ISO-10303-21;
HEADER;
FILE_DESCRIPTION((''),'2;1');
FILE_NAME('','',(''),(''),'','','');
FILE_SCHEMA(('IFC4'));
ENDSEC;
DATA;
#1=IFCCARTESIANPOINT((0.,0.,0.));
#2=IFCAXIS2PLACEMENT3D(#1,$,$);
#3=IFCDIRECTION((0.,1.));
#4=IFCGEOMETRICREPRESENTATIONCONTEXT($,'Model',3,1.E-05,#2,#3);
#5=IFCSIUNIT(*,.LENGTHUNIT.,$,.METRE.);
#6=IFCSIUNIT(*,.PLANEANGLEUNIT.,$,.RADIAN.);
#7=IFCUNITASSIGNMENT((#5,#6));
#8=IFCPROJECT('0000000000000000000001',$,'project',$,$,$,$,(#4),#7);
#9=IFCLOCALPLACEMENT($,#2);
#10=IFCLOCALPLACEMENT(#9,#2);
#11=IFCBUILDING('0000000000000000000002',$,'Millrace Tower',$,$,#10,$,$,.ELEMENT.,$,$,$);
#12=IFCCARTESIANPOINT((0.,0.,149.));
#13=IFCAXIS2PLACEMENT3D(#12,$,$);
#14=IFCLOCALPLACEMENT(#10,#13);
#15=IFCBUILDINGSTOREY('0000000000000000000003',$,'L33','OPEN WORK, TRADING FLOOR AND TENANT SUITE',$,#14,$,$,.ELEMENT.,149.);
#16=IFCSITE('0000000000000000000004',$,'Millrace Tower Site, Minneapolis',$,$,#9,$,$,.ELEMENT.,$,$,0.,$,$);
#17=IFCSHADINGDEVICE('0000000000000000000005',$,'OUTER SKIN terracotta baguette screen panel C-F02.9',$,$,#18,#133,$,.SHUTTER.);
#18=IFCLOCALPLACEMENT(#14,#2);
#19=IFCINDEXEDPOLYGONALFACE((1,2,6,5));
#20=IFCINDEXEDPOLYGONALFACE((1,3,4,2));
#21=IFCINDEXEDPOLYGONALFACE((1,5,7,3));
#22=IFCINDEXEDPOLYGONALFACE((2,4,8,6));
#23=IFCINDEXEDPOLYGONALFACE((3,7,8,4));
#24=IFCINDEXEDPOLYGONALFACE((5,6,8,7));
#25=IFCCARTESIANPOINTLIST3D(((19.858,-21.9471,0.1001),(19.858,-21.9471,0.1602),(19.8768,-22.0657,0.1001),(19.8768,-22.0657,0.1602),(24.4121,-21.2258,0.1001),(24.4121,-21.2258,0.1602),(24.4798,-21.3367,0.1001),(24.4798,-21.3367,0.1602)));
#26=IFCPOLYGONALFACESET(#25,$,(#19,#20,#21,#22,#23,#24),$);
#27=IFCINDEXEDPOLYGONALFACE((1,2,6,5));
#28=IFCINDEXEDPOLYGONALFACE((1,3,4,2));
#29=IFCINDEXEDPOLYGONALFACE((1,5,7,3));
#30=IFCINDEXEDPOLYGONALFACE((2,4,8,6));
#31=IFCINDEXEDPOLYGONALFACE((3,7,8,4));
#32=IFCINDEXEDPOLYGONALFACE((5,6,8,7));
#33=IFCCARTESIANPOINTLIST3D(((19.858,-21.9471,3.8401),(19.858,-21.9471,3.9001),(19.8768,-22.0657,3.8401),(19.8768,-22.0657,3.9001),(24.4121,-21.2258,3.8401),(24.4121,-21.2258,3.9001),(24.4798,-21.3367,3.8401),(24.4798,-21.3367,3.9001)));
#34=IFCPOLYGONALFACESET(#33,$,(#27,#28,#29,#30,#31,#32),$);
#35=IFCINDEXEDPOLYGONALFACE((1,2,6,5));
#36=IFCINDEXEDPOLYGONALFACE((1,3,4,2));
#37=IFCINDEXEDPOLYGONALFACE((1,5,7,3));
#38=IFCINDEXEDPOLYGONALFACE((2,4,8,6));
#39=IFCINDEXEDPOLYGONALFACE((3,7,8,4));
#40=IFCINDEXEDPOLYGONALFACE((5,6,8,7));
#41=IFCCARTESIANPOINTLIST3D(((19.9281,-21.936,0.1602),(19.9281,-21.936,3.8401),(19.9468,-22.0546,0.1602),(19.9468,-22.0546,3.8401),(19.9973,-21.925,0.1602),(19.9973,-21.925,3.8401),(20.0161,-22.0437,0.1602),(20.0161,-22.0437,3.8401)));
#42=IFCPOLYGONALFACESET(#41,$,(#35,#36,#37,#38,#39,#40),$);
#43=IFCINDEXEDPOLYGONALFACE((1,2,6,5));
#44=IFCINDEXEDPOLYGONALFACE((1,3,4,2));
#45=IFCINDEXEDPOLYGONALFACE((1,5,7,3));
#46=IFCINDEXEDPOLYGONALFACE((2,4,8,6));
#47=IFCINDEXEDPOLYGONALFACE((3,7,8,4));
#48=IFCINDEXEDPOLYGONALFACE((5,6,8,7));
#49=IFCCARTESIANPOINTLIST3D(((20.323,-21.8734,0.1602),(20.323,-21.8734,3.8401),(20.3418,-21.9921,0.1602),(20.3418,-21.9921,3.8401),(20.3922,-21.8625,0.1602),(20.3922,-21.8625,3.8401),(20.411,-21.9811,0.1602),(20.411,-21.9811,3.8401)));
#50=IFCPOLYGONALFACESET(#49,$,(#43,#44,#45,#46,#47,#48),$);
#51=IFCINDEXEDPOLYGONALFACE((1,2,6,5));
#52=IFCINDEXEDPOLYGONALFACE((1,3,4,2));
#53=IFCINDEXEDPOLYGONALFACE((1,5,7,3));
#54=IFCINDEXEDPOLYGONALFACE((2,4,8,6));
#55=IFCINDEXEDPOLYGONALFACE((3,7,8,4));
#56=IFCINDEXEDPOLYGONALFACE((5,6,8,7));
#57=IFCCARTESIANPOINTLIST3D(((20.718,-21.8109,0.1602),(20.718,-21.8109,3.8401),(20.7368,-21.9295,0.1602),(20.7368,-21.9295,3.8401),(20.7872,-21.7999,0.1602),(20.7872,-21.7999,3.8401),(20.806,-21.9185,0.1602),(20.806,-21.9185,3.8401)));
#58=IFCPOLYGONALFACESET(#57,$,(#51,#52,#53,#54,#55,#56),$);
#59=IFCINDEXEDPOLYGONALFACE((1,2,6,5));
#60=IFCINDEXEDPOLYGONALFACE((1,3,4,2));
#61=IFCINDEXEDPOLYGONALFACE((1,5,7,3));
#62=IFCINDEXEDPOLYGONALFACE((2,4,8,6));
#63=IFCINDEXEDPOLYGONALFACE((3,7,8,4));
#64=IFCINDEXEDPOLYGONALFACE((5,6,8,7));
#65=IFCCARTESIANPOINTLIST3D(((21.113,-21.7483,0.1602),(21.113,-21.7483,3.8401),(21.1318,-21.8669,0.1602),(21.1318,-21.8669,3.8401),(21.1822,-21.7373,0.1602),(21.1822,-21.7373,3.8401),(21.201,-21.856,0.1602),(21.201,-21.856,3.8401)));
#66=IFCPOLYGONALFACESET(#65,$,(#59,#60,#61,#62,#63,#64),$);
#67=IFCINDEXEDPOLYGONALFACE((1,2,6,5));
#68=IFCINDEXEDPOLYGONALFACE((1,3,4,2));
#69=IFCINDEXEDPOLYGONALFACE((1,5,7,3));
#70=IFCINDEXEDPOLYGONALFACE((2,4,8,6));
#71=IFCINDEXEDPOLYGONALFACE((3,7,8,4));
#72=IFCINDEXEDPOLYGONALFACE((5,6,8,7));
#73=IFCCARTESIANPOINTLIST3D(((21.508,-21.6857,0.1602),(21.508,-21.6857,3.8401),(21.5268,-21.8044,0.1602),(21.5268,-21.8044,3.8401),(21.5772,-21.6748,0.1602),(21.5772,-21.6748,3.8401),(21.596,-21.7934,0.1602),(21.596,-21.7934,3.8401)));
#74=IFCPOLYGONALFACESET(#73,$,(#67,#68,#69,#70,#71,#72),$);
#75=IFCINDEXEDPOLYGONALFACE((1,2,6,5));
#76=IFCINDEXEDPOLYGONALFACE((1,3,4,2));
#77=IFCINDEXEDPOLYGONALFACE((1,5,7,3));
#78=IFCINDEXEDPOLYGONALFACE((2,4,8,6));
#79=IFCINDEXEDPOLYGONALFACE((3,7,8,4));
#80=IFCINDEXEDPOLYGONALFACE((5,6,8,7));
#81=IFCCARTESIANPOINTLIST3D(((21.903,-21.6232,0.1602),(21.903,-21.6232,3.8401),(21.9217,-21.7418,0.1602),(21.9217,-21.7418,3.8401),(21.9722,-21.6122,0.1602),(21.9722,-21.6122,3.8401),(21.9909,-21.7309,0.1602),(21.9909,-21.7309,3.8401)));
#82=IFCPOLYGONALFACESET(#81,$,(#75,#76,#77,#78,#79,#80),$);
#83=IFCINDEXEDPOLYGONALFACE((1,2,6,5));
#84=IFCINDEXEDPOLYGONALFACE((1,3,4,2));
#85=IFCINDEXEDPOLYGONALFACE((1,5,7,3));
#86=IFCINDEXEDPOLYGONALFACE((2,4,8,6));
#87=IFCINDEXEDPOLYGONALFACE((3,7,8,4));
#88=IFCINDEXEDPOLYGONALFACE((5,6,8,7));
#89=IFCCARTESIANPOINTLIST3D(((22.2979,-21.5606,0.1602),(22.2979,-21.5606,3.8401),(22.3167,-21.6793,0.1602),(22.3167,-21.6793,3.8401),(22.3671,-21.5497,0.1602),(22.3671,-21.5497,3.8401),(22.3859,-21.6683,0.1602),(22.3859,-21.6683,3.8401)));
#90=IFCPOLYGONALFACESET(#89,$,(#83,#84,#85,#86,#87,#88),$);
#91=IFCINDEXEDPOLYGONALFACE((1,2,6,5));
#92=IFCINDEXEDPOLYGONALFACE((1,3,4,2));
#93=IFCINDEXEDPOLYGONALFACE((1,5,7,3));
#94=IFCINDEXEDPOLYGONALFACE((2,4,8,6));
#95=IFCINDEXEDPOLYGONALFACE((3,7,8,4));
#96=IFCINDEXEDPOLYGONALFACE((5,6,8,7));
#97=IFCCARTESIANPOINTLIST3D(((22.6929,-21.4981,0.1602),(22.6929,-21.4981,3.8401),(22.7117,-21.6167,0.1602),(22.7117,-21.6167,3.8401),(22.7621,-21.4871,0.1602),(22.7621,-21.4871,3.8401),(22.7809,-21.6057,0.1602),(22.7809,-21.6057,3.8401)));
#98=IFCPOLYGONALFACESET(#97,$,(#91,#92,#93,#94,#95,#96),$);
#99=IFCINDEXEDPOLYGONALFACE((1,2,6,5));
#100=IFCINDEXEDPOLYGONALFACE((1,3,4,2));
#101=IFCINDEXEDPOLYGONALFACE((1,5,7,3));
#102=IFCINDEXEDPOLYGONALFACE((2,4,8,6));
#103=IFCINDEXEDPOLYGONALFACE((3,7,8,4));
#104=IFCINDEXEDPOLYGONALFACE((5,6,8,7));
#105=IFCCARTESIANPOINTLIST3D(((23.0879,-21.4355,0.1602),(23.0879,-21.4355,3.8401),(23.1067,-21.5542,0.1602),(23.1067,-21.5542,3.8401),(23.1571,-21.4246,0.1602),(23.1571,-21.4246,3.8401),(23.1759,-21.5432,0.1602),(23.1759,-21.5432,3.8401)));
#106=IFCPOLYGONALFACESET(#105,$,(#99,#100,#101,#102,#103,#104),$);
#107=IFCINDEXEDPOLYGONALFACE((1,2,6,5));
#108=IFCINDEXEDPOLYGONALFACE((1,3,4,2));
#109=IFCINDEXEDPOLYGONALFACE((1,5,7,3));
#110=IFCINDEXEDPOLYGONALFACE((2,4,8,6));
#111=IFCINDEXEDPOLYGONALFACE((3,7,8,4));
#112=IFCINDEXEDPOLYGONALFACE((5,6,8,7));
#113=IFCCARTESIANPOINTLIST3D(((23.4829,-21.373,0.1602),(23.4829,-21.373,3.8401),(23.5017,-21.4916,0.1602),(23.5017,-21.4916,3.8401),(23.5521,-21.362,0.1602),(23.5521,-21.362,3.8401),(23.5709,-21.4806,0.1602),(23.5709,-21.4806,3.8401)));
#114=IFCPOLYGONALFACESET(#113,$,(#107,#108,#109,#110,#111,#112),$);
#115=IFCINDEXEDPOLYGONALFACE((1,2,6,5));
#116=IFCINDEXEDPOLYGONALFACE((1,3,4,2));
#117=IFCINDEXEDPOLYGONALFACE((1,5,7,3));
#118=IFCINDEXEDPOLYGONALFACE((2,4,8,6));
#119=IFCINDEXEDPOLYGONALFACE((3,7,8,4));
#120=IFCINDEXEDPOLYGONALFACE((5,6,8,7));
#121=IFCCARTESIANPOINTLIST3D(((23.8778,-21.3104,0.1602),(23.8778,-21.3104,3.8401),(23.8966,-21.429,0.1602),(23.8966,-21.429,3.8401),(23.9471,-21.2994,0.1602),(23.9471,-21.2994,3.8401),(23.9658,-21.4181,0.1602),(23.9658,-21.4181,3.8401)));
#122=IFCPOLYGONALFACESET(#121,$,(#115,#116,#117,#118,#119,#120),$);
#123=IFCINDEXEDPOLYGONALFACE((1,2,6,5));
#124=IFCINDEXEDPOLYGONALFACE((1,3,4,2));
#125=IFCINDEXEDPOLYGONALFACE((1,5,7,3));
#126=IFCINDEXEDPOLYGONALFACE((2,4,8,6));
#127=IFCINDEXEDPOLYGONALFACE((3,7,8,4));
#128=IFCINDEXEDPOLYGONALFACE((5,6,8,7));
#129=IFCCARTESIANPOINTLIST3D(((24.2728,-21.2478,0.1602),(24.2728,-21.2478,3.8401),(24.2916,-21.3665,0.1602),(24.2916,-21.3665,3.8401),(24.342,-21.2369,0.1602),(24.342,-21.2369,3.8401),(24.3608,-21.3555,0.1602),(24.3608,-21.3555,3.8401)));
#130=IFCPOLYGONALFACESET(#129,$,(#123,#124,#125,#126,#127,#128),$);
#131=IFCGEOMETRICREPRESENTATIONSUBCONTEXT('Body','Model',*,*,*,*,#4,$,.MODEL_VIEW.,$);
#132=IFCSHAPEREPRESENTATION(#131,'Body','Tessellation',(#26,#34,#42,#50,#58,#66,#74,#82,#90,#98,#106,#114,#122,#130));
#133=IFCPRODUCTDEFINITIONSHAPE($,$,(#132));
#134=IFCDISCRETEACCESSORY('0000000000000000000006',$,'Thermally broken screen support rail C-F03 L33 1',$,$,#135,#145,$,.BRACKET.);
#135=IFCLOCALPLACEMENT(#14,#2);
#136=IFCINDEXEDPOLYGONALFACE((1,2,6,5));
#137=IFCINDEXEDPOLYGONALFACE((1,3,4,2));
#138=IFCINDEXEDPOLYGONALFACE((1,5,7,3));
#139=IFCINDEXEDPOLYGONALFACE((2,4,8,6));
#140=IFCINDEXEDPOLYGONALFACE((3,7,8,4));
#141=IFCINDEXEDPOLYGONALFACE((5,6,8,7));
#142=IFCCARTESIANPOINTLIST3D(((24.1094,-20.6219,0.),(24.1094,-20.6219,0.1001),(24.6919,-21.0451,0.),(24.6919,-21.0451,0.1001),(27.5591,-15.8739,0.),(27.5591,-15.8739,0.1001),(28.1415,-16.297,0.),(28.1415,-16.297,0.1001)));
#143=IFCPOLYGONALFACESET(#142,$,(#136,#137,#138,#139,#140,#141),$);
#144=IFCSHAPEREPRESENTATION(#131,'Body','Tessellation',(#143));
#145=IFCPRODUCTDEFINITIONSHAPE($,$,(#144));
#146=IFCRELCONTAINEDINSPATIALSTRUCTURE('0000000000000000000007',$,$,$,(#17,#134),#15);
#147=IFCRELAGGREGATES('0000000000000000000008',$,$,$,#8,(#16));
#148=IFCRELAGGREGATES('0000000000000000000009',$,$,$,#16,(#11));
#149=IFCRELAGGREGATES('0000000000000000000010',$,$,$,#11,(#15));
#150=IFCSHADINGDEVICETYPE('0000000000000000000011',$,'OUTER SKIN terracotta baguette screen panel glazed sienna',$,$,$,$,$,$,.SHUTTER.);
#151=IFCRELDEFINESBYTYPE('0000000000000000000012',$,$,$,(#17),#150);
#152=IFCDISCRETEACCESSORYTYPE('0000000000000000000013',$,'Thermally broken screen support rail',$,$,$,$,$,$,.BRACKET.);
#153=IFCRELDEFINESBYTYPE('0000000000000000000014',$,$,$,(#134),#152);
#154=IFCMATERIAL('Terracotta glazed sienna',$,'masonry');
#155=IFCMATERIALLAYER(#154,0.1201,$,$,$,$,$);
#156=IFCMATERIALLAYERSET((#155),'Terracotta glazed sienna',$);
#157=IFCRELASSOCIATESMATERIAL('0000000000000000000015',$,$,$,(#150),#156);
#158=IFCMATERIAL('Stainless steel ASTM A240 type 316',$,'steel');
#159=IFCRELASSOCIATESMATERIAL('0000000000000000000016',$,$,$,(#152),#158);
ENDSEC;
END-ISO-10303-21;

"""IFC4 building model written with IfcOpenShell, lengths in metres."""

from ifc_helpers import new_model, entity, si_unit, direction, frame, frame_2d, origin, origin_2d, place, context, subcontext, project, spatial, rectangle, extrude, source, transform, mapped, material, layer, layer_set, type_object, element, save


model = new_model("IFC4")

# Units and contexts
model_context = context("Model", 3, precision=1e-05, world=origin(), true_north=direction((0.0, 1.0)))
body_context = subcontext(model_context, "Body", "Model", "MODEL_VIEW")
ifc_project = project(units=[si_unit("LENGTHUNIT", "METRE"), si_unit("PLANEANGLEUNIT", "RADIAN")], contexts=[model_context])

# Site, building, storey
site_placement = place(None, origin())
site = spatial("IfcSite", under=ifc_project, at=site_placement, Name="Millrace Tower Site, Minneapolis", CompositionType="ELEMENT", RefElevation=0.0)
building_placement = place(site_placement, origin())
building = spatial("IfcBuilding", under=site, at=building_placement, Name="Millrace Tower", CompositionType="ELEMENT")
storey_placement = place(building_placement, frame((0.0, 0.0, 149.0)))
storey = spatial("IfcBuildingStorey", under=building, at=storey_placement, Name="L33", Description="OPEN WORK, TRADING FLOOR AND TENANT SUITE", CompositionType="ELEMENT", Elevation=149.0)

# Shading device
ifc_material_1 = material(Name="Terracotta glazed sienna", Category="masonry")
ifc_layer_1 = layer(ifc_material_1, 0.1201)
ifc_layer_set_1 = layer_set([ifc_layer_1], Name="Terracotta glazed sienna")
shading_device_type = type_object("IfcShadingDeviceType", Name="OUTER SKIN terracotta baguette screen panel glazed sienna", PredefinedType="SHUTTER", material=ifc_layer_set_1)
cartesian_point_1 = entity("IfcCartesianPoint", [-2.3179, 0.0601])
shared_polyline_1 = entity("IfcPolyline", [cartesian_point_1, entity("IfcCartesianPoint", [2.293, 0.0601]), entity("IfcCartesianPoint", [2.3425, -0.0601]), entity("IfcCartesianPoint", [-2.3179, -0.0601]), cartesian_point_1])
shared_shape_1 = source(origin(), body_context, "Body", "SweptSolid", [
    entity("IfcExtrudedAreaSolid", entity("IfcArbitraryClosedProfileDef", "AREA", None, shared_polyline_1), entity("IfcAxis2Placement3D", entity("IfcCartesianPoint", [0.0, 0.0, 0.0])), entity("IfcDirection", [0.0, 0.0, 1.0]), 0.0601),
    entity("IfcExtrudedAreaSolid", entity("IfcArbitraryClosedProfileDef", "AREA", None, shared_polyline_1), entity("IfcAxis2Placement3D", entity("IfcCartesianPoint", [0.0, 0.0, 3.74])), entity("IfcDirection", [0.0, 0.0, 1.0]), 0.0601),
    extrude(rectangle(XDim=0.0701, YDim=0.1201, at=frame_2d((-2.2119, 0.0))), frame((0.0, 0.0, 0.0601)), (0.0, 0.0, 1.0), 3.6799),
    extrude(rectangle(XDim=0.0701, YDim=0.1201, at=frame_2d((-1.812, 0.0))), frame((0.0, 0.0, 0.0601)), (0.0, 0.0, 1.0), 3.6799),
    extrude(rectangle(XDim=0.0701, YDim=0.1201, at=frame_2d((-1.4121, 0.0))), frame((0.0, 0.0, 0.0601)), (0.0, 0.0, 1.0), 3.6799),
    extrude(rectangle(XDim=0.0701, YDim=0.1201, at=frame_2d((-1.0122, 0.0))), frame((0.0, 0.0, 0.0601)), (0.0, 0.0, 1.0), 3.6799),
    extrude(rectangle(XDim=0.0701, YDim=0.1201, at=frame_2d((-0.6123, 0.0))), frame((0.0, 0.0, 0.0601)), (0.0, 0.0, 1.0), 3.6799),
    extrude(rectangle(XDim=0.0701, YDim=0.1201, at=frame_2d((-0.2124, 0.0))), frame((0.0, 0.0, 0.0601)), (0.0, 0.0, 1.0), 3.6799),
    extrude(rectangle(XDim=0.0701, YDim=0.1201, at=frame_2d((0.1875, 0.0))), frame((0.0, 0.0, 0.0601)), (0.0, 0.0, 1.0), 3.6799),
    extrude(rectangle(XDim=0.0701, YDim=0.1201, at=frame_2d((0.5874, 0.0))), frame((0.0, 0.0, 0.0601)), (0.0, 0.0, 1.0), 3.6799),
    extrude(rectangle(XDim=0.0701, YDim=0.1201, at=frame_2d((0.9873, 0.0))), frame((0.0, 0.0, 0.0601)), (0.0, 0.0, 1.0), 3.6799),
    extrude(rectangle(XDim=0.0701, YDim=0.1201, at=frame_2d((1.3872, 0.0))), frame((0.0, 0.0, 0.0601)), (0.0, 0.0, 1.0), 3.6799),
    extrude(rectangle(XDim=0.0701, YDim=0.1201, at=frame_2d((1.7871, 0.0))), frame((0.0, 0.0, 0.0601)), (0.0, 0.0, 1.0), 3.6799),
    extrude(rectangle(XDim=0.0701, YDim=0.1201, at=frame_2d((2.187, 0.0))), frame((0.0, 0.0, 0.0601)), (0.0, 0.0, 1.0), 3.6799),
])
shading_device_1_placement = place(storey_placement, frame((22.1567, -21.6438, 0.1001), z_axis=(0.0, 0.0, 1.0), x_axis=(0.987688, 0.156434, 0.0)))
element("IfcShadingDevice", 1, at=shading_device_1_placement, inside=storey, type_object=shading_device_type, Name="OUTER SKIN terracotta baguette screen panel C-F02.9", PredefinedType="SHUTTER", context=body_context, shape_type="MappedRepresentation", body=[
    mapped(shared_shape_1, transform((0.0, 0.0, 0.0), scale=1.0)),
])

# Discrete accessory
ifc_material_2 = material(Name="Stainless steel ASTM A240 type 316", Category="steel")
discrete_accessory_type = type_object("IfcDiscreteAccessoryType", Name="Thermally broken screen support rail", PredefinedType="BRACKET", material=ifc_material_2)
discrete_accessory_placement = place(storey_placement, frame((26.1255, -18.4595, 0.0), z_axis=(0.0, 0.0, 1.0), x_axis=(0.587785, 0.809017, 0.0)))
element("IfcDiscreteAccessory", 2, at=discrete_accessory_placement, inside=storey, type_object=discrete_accessory_type, Name="Thermally broken screen support rail C-F03 L33 1", PredefinedType="BRACKET", context=body_context, shape_type="SweptSolid", body=[
    extrude(rectangle(XDim=5.8689, YDim=0.72, at=origin_2d()), origin(), (0.0, 0.0, 1.0), 0.1001),
])

save(model, "model.ifc")
